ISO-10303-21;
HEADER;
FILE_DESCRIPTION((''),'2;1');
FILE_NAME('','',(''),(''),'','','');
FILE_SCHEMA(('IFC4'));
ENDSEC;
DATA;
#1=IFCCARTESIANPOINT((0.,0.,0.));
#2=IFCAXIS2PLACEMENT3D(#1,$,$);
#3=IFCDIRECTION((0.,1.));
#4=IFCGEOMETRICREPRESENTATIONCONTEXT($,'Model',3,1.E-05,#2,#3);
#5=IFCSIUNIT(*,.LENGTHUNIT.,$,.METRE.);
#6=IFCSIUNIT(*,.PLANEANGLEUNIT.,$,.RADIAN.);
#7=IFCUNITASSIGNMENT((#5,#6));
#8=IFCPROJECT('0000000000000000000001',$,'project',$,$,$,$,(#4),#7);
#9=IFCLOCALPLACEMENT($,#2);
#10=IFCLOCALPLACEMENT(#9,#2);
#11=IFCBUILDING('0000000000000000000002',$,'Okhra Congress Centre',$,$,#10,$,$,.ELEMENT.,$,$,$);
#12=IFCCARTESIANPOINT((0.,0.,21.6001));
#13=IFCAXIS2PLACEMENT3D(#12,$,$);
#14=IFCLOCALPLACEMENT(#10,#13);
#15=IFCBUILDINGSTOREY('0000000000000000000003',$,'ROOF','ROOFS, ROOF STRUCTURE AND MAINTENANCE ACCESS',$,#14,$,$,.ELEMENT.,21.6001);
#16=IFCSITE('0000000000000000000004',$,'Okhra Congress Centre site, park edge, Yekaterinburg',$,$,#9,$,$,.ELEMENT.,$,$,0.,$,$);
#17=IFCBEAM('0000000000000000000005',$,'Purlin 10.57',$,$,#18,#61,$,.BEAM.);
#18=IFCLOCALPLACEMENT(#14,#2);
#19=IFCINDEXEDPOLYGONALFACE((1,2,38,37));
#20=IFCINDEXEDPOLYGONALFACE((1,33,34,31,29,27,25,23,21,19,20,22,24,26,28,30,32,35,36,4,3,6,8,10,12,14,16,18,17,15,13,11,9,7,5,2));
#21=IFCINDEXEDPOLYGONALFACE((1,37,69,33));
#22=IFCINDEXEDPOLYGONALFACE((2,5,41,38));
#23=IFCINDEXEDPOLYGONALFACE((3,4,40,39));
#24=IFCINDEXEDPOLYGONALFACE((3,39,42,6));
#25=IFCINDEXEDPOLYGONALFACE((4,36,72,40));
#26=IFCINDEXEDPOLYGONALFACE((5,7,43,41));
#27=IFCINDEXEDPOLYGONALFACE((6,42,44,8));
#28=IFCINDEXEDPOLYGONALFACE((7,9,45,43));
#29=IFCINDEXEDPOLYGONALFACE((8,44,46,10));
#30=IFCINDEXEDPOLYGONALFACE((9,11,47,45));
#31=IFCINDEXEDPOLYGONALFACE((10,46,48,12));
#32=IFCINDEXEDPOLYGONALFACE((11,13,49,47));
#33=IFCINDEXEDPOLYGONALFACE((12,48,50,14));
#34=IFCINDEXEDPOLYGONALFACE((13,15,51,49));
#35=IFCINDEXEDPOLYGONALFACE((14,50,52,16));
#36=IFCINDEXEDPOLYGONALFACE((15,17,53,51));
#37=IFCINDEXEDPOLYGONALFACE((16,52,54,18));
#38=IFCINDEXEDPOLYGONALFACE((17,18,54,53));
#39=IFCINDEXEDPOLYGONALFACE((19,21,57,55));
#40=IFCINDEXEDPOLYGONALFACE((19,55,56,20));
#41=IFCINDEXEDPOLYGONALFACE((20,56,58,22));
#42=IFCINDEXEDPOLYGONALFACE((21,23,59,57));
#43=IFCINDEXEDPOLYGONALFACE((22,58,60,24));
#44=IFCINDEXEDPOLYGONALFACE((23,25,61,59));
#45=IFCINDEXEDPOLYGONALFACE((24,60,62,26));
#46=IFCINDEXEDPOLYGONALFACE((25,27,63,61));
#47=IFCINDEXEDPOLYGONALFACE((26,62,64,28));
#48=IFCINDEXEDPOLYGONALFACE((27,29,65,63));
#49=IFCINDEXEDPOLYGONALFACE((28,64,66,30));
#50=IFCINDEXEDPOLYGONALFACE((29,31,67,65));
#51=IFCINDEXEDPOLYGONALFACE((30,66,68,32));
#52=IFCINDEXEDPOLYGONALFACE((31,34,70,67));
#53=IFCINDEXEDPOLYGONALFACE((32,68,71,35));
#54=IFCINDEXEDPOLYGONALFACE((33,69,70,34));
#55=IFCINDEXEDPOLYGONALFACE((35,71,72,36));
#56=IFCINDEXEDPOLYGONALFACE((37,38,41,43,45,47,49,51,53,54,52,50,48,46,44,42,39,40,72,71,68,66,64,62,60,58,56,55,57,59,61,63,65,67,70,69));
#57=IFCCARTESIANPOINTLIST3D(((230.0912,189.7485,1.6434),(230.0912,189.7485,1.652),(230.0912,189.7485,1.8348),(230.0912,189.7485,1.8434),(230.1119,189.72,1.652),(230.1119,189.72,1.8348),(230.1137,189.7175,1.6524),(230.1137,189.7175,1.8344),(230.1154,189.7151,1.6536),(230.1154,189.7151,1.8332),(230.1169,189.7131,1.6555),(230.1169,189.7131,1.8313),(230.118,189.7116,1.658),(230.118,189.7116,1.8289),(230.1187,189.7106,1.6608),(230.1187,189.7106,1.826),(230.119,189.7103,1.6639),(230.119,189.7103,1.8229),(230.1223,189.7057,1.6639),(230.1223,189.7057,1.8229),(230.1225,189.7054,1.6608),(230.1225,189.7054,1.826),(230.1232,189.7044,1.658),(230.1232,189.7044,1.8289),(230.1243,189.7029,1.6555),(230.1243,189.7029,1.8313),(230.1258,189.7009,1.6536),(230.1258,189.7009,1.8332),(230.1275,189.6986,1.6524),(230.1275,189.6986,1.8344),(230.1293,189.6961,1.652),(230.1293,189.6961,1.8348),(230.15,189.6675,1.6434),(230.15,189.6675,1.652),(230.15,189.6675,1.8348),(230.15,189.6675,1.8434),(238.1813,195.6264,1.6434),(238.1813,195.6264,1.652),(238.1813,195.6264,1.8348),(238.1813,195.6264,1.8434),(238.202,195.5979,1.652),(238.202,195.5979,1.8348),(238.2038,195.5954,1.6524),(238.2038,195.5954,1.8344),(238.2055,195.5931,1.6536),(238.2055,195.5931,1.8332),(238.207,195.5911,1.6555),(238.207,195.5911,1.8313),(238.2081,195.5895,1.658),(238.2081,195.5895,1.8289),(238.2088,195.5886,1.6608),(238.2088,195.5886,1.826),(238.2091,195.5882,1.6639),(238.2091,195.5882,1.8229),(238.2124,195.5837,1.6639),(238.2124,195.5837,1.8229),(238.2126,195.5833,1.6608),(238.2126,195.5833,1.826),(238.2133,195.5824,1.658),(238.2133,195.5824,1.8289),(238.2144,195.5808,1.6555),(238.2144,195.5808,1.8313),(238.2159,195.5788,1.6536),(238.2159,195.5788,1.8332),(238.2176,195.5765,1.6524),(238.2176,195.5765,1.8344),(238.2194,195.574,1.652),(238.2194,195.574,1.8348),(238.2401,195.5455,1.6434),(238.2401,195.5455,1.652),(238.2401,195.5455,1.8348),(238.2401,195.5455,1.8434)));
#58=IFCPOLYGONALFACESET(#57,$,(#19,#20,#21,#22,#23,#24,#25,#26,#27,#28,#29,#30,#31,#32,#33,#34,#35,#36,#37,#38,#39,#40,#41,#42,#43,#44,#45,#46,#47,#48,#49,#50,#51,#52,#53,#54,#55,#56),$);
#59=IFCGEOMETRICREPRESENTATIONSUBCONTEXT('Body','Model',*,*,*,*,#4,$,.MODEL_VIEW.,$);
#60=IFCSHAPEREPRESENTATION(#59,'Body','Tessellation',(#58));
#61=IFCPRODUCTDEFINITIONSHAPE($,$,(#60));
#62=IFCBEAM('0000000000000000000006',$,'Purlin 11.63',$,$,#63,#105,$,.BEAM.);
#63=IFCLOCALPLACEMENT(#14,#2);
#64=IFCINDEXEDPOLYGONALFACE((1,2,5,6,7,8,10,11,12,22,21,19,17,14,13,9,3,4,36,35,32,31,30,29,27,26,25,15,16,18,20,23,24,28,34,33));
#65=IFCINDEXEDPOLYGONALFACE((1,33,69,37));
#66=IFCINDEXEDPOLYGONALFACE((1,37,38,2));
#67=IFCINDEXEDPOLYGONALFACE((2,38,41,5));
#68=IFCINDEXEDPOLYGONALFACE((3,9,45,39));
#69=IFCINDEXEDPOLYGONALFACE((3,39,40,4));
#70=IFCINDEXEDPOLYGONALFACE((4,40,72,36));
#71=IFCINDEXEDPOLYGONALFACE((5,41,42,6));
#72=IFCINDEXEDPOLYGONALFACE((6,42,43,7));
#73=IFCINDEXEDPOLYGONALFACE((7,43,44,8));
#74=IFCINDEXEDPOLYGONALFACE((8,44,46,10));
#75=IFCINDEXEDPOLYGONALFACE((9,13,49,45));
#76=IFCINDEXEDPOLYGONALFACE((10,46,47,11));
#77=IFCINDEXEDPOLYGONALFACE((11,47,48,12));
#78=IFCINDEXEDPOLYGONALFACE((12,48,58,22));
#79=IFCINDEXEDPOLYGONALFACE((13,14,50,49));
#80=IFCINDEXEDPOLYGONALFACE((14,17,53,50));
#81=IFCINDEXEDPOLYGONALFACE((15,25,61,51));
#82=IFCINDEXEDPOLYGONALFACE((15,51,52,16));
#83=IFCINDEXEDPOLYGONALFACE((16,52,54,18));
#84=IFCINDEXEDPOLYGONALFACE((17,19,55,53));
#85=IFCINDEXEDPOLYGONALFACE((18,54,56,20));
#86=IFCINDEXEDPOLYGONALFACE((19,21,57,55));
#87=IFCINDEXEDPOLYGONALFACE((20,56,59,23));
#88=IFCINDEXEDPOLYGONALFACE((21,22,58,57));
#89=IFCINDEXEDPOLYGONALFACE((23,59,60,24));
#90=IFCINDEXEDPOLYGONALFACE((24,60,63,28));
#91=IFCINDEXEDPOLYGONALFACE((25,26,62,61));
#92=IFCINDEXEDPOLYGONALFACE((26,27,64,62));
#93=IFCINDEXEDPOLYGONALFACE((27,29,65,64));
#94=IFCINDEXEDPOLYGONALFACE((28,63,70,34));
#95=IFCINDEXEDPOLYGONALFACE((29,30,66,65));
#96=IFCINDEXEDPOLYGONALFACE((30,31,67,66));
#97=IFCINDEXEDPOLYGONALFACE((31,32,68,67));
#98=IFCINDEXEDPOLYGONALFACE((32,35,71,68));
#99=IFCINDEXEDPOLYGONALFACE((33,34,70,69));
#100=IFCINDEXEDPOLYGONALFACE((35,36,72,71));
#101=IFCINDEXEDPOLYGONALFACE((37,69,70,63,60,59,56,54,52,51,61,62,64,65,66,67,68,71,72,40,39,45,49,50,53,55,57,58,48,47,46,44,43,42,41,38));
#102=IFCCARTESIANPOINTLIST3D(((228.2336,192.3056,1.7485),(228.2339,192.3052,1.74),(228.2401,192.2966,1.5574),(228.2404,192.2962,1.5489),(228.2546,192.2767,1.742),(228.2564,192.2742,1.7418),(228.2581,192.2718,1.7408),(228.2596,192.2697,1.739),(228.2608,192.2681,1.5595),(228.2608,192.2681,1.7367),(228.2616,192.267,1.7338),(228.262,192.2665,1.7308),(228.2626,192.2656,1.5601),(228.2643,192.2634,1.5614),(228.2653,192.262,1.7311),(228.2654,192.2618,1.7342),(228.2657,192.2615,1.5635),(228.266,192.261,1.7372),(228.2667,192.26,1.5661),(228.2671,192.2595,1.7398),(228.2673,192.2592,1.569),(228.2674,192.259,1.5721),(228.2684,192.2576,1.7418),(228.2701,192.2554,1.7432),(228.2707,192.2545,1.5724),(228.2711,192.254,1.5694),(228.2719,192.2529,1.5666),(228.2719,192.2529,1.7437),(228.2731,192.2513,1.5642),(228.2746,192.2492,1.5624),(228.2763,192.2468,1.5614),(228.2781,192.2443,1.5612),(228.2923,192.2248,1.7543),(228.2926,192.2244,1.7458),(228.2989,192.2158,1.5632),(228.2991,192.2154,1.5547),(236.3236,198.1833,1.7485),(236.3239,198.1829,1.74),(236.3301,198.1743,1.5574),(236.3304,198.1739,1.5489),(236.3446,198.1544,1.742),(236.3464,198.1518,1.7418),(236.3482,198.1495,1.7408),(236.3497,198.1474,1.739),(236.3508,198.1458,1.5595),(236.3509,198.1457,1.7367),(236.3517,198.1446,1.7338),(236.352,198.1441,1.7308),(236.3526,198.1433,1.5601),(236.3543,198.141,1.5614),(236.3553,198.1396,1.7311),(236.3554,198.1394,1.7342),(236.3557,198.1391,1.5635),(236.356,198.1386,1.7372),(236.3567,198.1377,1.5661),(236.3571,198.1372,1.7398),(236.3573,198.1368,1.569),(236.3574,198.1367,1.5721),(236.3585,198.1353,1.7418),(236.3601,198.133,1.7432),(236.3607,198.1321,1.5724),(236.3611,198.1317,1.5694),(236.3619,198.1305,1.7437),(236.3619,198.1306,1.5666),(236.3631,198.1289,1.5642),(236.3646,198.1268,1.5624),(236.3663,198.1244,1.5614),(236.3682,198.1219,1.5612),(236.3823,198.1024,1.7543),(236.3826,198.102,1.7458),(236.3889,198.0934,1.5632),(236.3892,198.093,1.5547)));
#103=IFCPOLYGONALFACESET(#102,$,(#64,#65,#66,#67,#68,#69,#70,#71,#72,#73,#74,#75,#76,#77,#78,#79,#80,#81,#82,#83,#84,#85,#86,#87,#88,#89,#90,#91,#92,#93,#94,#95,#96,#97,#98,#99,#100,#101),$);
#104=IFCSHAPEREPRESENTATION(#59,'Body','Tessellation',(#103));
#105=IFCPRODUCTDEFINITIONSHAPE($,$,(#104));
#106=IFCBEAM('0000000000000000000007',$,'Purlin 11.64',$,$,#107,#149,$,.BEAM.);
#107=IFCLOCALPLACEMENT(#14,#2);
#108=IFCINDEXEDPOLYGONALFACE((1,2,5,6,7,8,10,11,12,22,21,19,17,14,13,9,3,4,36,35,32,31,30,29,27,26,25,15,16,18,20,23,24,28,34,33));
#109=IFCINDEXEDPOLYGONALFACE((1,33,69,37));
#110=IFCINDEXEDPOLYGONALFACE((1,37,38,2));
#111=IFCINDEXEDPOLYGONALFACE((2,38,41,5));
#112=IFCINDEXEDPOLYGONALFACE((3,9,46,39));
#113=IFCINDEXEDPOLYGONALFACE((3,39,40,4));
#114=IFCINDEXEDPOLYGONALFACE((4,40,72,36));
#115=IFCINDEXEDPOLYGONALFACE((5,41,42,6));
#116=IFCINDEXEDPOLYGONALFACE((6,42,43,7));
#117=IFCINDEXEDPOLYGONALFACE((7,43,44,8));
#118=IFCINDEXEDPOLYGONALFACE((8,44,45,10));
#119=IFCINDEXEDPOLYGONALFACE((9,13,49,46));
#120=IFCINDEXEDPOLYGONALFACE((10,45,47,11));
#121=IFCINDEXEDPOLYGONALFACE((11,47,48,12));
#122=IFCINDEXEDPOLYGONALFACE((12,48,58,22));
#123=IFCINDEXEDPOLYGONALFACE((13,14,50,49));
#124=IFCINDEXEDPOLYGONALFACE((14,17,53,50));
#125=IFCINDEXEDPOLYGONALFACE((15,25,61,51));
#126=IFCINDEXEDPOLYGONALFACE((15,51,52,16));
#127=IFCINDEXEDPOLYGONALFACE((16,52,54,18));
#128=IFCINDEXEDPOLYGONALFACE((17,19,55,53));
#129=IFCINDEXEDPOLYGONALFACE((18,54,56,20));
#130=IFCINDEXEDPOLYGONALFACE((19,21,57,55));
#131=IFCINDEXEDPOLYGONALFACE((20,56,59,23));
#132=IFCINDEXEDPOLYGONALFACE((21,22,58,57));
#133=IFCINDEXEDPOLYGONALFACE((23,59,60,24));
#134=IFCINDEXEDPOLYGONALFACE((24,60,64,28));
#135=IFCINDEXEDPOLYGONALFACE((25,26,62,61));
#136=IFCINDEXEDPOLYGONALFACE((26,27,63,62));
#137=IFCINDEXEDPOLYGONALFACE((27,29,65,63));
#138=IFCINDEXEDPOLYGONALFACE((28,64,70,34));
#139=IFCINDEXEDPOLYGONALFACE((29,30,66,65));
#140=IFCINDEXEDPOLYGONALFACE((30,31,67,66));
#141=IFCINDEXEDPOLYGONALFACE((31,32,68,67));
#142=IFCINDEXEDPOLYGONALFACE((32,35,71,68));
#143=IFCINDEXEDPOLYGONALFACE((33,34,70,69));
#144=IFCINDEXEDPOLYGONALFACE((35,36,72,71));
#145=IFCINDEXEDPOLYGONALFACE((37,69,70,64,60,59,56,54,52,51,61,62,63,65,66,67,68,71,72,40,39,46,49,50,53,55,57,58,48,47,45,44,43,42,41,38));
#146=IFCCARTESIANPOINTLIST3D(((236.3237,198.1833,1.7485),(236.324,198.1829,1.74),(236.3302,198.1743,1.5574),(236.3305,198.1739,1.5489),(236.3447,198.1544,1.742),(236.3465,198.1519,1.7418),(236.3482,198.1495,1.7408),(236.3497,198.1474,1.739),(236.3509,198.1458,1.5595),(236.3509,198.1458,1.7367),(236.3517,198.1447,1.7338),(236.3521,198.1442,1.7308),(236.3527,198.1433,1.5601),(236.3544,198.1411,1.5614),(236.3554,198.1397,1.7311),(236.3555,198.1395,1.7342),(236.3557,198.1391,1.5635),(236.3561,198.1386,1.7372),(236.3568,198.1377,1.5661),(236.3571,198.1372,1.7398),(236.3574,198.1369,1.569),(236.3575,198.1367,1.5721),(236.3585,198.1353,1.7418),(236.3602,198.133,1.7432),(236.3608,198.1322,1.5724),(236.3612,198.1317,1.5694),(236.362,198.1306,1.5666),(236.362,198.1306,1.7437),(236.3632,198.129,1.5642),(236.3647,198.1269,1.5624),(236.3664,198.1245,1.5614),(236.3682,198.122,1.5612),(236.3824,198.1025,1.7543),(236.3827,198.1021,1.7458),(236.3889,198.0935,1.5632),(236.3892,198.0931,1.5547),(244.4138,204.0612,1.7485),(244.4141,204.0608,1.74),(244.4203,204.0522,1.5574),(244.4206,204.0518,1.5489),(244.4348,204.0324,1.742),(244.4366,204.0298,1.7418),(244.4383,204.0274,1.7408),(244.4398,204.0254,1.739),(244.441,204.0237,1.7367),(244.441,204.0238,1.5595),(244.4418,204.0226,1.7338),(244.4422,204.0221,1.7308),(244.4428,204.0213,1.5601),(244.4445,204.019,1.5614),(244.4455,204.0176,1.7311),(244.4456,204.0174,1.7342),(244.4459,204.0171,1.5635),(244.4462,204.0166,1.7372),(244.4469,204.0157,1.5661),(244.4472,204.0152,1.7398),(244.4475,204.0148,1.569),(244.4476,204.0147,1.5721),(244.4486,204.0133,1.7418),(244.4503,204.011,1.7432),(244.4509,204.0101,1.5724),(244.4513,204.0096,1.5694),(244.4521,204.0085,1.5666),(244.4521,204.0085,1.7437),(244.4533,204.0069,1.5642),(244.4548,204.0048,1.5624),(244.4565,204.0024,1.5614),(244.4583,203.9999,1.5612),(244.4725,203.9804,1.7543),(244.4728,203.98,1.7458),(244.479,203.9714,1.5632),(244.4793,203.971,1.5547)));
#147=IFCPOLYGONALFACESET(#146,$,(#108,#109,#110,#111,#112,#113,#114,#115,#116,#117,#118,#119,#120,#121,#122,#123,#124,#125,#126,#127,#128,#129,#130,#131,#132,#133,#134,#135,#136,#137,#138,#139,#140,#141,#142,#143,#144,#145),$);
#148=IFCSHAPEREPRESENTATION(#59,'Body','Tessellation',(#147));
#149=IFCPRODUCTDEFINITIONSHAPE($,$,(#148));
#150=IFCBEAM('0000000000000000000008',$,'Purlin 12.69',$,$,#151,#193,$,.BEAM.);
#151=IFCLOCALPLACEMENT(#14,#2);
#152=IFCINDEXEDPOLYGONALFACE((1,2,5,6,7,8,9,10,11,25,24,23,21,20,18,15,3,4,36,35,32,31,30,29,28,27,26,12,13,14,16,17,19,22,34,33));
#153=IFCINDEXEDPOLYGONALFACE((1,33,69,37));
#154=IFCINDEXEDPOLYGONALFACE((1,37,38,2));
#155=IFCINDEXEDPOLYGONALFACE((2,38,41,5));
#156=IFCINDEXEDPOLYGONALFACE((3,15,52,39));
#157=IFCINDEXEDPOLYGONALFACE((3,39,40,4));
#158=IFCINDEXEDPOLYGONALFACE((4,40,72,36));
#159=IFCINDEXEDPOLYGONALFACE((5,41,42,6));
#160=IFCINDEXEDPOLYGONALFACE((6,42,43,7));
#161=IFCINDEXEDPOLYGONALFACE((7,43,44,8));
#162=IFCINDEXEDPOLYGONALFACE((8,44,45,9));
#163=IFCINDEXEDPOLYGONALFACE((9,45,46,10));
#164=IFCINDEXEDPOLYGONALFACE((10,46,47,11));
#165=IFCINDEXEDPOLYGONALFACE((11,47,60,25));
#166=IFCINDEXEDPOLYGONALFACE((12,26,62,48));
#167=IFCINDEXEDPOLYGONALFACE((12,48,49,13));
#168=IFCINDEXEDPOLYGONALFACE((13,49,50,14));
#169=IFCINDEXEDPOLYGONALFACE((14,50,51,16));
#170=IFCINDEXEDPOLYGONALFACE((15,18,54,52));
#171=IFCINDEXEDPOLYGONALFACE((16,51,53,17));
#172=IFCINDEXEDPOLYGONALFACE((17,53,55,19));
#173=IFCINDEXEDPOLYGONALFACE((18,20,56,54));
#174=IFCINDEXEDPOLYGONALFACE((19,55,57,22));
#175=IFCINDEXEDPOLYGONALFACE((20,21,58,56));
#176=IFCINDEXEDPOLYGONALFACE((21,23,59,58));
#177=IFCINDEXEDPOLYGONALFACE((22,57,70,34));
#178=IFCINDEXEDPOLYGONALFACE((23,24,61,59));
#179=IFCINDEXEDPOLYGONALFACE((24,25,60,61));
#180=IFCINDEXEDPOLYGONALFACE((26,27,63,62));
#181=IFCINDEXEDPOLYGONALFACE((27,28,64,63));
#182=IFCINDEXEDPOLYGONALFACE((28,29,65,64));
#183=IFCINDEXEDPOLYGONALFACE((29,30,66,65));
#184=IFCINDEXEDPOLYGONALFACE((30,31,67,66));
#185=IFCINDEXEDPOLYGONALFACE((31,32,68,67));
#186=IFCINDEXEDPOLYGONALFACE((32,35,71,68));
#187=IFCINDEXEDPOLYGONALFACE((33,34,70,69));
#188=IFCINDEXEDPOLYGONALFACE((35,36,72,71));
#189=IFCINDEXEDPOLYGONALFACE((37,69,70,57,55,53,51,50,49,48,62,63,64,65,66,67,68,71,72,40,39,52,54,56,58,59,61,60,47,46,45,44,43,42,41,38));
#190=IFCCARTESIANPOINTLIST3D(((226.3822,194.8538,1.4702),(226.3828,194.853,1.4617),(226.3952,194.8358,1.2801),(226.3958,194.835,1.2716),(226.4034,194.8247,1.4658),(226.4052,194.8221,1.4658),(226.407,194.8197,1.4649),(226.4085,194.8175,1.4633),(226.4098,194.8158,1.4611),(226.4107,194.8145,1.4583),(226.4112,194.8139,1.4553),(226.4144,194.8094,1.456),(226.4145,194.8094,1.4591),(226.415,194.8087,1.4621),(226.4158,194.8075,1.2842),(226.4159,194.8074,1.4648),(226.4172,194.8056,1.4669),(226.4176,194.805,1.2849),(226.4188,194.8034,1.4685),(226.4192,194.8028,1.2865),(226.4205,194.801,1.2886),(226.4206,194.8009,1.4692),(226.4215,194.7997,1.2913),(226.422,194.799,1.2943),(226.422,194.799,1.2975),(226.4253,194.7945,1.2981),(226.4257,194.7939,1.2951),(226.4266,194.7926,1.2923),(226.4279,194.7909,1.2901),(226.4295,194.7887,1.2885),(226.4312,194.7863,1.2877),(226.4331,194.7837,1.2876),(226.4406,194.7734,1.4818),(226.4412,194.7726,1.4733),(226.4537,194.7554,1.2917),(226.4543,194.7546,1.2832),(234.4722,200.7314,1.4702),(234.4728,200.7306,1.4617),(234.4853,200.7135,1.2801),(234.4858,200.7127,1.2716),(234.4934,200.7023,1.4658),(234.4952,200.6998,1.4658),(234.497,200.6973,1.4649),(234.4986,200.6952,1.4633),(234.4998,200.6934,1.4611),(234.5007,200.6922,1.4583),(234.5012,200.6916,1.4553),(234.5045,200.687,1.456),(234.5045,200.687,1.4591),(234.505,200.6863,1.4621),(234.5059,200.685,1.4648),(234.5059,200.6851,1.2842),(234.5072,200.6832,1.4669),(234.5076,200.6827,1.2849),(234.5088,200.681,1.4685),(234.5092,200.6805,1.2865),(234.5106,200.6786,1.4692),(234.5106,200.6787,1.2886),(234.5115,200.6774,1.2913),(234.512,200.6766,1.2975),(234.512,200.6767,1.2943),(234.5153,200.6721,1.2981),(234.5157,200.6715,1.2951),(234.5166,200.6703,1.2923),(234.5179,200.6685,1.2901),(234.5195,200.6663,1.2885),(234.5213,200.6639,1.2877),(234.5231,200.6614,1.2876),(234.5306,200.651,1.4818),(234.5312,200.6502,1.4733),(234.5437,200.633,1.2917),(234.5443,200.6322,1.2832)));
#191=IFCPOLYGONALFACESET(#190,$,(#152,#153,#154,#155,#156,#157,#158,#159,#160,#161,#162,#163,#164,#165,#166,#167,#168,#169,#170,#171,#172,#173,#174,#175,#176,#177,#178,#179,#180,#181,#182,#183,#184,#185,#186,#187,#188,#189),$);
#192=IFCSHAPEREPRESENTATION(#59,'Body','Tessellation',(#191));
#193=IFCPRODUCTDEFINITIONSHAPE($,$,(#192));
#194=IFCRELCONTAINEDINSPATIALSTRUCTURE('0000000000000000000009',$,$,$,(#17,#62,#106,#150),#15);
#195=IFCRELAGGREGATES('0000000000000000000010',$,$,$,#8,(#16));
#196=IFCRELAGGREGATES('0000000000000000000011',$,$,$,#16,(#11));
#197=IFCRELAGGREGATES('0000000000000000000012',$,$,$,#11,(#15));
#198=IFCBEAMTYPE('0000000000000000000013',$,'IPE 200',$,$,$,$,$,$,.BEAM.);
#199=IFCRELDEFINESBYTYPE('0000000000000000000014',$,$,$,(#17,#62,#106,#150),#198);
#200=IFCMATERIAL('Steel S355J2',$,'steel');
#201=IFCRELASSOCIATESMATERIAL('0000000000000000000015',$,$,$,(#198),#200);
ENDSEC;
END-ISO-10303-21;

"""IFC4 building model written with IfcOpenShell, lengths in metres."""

from ifc_helpers import new_model, si_unit, direction, frame, origin, origin_2d, place, context, subcontext, project, spatial, i_section, extrude, material, material_profile, profile_set, type_object, element, save


model = new_model("IFC4")

# Units and contexts
model_context = context("Model", 3, precision=1e-05, world=origin(), true_north=direction((0.0, 1.0)))
body_context = subcontext(model_context, "Body", "Model", "MODEL_VIEW")
ifc_project = project(units=[si_unit("LENGTHUNIT", "METRE"), si_unit("PLANEANGLEUNIT", "RADIAN")], contexts=[model_context])

# Site, building, storey
site_placement = place(None, origin())
site = spatial("IfcSite", under=ifc_project, at=site_placement, Name="Okhra Congress Centre site, park edge, Yekaterinburg", CompositionType="ELEMENT", RefElevation=0.0)
building_placement = place(site_placement, origin())
building = spatial("IfcBuilding", under=site, at=building_placement, Name="Okhra Congress Centre", CompositionType="ELEMENT")
storey_placement = place(building_placement, frame((0.0, 0.0, 21.6001)))
storey = spatial("IfcBuildingStorey", under=building, at=storey_placement, Name="ROOF", Description="ROOFS, ROOF STRUCTURE AND MAINTENANCE ACCESS", CompositionType="ELEMENT", Elevation=21.6001)

# Beams
ifc_material_1 = material(Name="Steel S355J2", Category="steel")
ifc_material_profile_1 = material_profile(ifc_material_1, i_section(OverallWidth=0.1001, OverallDepth=0.2, WebThickness=0.0056, FlangeThickness=0.0085, FilletRadius=0.012, at=origin_2d()), Name="IPE 200")
ifc_profile_set_1 = profile_set([ifc_material_profile_1], Name="Steel S355J2")
beam_type = type_object("IfcBeamType", Name="IPE 200", PredefinedType="BEAM", material=ifc_profile_set_1)
beam_1_placement = place(storey_placement, frame((230.1206, 189.708, 1.7434), z_axis=(0.80901, 0.587794, 0.0), x_axis=(-0.587794, 0.80901, 0.0)))
element("IfcBeam", 1, at=beam_1_placement, inside=storey, type_object=beam_type, Name="Purlin 10.57", PredefinedType="BEAM", context=body_context, shape_type="SweptSolid", body=[
    extrude(i_section(OverallWidth=0.1001, OverallDepth=0.2, WebThickness=0.0056, FlangeThickness=0.0085, FilletRadius=0.012, at=origin_2d()), origin(), (0.0, 0.0, 1.0), 10.0),
])
beam_2_placement = place(storey_placement, frame((228.2664, 192.2605, 1.6516), z_axis=(0.809022, 0.587778, 0.0), x_axis=(-0.586784, 0.807653, -0.058145)))
element("IfcBeam", 2, at=beam_2_placement, inside=storey, type_object=beam_type, Name="Purlin 11.63", PredefinedType="BEAM", context=body_context, shape_type="SweptSolid", body=[
    extrude(i_section(OverallWidth=0.1001, OverallDepth=0.2, WebThickness=0.0056, FlangeThickness=0.0085, FilletRadius=0.012, at=origin_2d()), origin(), (0.0, 0.0, 1.0), 9.9998),
])
beam_3_placement = place(storey_placement, frame((236.3564, 198.1382, 1.6516), z_axis=(0.80901, 0.587794, 0.0), x_axis=(-0.5868, 0.807642, -0.058145)))
element("IfcBeam", 3, at=beam_3_placement, inside=storey, type_object=beam_type, Name="Purlin 11.64", PredefinedType="BEAM", context=body_context, shape_type="SweptSolid", body=[
    extrude(i_section(OverallWidth=0.1001, OverallDepth=0.2, WebThickness=0.0056, FlangeThickness=0.0085, FilletRadius=0.012, at=origin_2d()), origin(), (0.0, 0.0, 1.0), 10.0),
])
beam_4_placement = place(storey_placement, frame((226.4182, 194.8042, 1.3767), z_axis=(0.809022, 0.587778, 0.0), x_axis=(-0.583804, 0.803552, -0.116093)))
element("IfcBeam", 4, at=beam_4_placement, inside=storey, type_object=beam_type, Name="Purlin 12.69", PredefinedType="BEAM", context=body_context, shape_type="SweptSolid", body=[
    extrude(i_section(OverallWidth=0.1001, OverallDepth=0.2, WebThickness=0.0056, FlangeThickness=0.0085, FilletRadius=0.012, at=origin_2d()), origin(), (0.0, 0.0, 1.0), 9.9998),
])

save(model, "model.ifc")
